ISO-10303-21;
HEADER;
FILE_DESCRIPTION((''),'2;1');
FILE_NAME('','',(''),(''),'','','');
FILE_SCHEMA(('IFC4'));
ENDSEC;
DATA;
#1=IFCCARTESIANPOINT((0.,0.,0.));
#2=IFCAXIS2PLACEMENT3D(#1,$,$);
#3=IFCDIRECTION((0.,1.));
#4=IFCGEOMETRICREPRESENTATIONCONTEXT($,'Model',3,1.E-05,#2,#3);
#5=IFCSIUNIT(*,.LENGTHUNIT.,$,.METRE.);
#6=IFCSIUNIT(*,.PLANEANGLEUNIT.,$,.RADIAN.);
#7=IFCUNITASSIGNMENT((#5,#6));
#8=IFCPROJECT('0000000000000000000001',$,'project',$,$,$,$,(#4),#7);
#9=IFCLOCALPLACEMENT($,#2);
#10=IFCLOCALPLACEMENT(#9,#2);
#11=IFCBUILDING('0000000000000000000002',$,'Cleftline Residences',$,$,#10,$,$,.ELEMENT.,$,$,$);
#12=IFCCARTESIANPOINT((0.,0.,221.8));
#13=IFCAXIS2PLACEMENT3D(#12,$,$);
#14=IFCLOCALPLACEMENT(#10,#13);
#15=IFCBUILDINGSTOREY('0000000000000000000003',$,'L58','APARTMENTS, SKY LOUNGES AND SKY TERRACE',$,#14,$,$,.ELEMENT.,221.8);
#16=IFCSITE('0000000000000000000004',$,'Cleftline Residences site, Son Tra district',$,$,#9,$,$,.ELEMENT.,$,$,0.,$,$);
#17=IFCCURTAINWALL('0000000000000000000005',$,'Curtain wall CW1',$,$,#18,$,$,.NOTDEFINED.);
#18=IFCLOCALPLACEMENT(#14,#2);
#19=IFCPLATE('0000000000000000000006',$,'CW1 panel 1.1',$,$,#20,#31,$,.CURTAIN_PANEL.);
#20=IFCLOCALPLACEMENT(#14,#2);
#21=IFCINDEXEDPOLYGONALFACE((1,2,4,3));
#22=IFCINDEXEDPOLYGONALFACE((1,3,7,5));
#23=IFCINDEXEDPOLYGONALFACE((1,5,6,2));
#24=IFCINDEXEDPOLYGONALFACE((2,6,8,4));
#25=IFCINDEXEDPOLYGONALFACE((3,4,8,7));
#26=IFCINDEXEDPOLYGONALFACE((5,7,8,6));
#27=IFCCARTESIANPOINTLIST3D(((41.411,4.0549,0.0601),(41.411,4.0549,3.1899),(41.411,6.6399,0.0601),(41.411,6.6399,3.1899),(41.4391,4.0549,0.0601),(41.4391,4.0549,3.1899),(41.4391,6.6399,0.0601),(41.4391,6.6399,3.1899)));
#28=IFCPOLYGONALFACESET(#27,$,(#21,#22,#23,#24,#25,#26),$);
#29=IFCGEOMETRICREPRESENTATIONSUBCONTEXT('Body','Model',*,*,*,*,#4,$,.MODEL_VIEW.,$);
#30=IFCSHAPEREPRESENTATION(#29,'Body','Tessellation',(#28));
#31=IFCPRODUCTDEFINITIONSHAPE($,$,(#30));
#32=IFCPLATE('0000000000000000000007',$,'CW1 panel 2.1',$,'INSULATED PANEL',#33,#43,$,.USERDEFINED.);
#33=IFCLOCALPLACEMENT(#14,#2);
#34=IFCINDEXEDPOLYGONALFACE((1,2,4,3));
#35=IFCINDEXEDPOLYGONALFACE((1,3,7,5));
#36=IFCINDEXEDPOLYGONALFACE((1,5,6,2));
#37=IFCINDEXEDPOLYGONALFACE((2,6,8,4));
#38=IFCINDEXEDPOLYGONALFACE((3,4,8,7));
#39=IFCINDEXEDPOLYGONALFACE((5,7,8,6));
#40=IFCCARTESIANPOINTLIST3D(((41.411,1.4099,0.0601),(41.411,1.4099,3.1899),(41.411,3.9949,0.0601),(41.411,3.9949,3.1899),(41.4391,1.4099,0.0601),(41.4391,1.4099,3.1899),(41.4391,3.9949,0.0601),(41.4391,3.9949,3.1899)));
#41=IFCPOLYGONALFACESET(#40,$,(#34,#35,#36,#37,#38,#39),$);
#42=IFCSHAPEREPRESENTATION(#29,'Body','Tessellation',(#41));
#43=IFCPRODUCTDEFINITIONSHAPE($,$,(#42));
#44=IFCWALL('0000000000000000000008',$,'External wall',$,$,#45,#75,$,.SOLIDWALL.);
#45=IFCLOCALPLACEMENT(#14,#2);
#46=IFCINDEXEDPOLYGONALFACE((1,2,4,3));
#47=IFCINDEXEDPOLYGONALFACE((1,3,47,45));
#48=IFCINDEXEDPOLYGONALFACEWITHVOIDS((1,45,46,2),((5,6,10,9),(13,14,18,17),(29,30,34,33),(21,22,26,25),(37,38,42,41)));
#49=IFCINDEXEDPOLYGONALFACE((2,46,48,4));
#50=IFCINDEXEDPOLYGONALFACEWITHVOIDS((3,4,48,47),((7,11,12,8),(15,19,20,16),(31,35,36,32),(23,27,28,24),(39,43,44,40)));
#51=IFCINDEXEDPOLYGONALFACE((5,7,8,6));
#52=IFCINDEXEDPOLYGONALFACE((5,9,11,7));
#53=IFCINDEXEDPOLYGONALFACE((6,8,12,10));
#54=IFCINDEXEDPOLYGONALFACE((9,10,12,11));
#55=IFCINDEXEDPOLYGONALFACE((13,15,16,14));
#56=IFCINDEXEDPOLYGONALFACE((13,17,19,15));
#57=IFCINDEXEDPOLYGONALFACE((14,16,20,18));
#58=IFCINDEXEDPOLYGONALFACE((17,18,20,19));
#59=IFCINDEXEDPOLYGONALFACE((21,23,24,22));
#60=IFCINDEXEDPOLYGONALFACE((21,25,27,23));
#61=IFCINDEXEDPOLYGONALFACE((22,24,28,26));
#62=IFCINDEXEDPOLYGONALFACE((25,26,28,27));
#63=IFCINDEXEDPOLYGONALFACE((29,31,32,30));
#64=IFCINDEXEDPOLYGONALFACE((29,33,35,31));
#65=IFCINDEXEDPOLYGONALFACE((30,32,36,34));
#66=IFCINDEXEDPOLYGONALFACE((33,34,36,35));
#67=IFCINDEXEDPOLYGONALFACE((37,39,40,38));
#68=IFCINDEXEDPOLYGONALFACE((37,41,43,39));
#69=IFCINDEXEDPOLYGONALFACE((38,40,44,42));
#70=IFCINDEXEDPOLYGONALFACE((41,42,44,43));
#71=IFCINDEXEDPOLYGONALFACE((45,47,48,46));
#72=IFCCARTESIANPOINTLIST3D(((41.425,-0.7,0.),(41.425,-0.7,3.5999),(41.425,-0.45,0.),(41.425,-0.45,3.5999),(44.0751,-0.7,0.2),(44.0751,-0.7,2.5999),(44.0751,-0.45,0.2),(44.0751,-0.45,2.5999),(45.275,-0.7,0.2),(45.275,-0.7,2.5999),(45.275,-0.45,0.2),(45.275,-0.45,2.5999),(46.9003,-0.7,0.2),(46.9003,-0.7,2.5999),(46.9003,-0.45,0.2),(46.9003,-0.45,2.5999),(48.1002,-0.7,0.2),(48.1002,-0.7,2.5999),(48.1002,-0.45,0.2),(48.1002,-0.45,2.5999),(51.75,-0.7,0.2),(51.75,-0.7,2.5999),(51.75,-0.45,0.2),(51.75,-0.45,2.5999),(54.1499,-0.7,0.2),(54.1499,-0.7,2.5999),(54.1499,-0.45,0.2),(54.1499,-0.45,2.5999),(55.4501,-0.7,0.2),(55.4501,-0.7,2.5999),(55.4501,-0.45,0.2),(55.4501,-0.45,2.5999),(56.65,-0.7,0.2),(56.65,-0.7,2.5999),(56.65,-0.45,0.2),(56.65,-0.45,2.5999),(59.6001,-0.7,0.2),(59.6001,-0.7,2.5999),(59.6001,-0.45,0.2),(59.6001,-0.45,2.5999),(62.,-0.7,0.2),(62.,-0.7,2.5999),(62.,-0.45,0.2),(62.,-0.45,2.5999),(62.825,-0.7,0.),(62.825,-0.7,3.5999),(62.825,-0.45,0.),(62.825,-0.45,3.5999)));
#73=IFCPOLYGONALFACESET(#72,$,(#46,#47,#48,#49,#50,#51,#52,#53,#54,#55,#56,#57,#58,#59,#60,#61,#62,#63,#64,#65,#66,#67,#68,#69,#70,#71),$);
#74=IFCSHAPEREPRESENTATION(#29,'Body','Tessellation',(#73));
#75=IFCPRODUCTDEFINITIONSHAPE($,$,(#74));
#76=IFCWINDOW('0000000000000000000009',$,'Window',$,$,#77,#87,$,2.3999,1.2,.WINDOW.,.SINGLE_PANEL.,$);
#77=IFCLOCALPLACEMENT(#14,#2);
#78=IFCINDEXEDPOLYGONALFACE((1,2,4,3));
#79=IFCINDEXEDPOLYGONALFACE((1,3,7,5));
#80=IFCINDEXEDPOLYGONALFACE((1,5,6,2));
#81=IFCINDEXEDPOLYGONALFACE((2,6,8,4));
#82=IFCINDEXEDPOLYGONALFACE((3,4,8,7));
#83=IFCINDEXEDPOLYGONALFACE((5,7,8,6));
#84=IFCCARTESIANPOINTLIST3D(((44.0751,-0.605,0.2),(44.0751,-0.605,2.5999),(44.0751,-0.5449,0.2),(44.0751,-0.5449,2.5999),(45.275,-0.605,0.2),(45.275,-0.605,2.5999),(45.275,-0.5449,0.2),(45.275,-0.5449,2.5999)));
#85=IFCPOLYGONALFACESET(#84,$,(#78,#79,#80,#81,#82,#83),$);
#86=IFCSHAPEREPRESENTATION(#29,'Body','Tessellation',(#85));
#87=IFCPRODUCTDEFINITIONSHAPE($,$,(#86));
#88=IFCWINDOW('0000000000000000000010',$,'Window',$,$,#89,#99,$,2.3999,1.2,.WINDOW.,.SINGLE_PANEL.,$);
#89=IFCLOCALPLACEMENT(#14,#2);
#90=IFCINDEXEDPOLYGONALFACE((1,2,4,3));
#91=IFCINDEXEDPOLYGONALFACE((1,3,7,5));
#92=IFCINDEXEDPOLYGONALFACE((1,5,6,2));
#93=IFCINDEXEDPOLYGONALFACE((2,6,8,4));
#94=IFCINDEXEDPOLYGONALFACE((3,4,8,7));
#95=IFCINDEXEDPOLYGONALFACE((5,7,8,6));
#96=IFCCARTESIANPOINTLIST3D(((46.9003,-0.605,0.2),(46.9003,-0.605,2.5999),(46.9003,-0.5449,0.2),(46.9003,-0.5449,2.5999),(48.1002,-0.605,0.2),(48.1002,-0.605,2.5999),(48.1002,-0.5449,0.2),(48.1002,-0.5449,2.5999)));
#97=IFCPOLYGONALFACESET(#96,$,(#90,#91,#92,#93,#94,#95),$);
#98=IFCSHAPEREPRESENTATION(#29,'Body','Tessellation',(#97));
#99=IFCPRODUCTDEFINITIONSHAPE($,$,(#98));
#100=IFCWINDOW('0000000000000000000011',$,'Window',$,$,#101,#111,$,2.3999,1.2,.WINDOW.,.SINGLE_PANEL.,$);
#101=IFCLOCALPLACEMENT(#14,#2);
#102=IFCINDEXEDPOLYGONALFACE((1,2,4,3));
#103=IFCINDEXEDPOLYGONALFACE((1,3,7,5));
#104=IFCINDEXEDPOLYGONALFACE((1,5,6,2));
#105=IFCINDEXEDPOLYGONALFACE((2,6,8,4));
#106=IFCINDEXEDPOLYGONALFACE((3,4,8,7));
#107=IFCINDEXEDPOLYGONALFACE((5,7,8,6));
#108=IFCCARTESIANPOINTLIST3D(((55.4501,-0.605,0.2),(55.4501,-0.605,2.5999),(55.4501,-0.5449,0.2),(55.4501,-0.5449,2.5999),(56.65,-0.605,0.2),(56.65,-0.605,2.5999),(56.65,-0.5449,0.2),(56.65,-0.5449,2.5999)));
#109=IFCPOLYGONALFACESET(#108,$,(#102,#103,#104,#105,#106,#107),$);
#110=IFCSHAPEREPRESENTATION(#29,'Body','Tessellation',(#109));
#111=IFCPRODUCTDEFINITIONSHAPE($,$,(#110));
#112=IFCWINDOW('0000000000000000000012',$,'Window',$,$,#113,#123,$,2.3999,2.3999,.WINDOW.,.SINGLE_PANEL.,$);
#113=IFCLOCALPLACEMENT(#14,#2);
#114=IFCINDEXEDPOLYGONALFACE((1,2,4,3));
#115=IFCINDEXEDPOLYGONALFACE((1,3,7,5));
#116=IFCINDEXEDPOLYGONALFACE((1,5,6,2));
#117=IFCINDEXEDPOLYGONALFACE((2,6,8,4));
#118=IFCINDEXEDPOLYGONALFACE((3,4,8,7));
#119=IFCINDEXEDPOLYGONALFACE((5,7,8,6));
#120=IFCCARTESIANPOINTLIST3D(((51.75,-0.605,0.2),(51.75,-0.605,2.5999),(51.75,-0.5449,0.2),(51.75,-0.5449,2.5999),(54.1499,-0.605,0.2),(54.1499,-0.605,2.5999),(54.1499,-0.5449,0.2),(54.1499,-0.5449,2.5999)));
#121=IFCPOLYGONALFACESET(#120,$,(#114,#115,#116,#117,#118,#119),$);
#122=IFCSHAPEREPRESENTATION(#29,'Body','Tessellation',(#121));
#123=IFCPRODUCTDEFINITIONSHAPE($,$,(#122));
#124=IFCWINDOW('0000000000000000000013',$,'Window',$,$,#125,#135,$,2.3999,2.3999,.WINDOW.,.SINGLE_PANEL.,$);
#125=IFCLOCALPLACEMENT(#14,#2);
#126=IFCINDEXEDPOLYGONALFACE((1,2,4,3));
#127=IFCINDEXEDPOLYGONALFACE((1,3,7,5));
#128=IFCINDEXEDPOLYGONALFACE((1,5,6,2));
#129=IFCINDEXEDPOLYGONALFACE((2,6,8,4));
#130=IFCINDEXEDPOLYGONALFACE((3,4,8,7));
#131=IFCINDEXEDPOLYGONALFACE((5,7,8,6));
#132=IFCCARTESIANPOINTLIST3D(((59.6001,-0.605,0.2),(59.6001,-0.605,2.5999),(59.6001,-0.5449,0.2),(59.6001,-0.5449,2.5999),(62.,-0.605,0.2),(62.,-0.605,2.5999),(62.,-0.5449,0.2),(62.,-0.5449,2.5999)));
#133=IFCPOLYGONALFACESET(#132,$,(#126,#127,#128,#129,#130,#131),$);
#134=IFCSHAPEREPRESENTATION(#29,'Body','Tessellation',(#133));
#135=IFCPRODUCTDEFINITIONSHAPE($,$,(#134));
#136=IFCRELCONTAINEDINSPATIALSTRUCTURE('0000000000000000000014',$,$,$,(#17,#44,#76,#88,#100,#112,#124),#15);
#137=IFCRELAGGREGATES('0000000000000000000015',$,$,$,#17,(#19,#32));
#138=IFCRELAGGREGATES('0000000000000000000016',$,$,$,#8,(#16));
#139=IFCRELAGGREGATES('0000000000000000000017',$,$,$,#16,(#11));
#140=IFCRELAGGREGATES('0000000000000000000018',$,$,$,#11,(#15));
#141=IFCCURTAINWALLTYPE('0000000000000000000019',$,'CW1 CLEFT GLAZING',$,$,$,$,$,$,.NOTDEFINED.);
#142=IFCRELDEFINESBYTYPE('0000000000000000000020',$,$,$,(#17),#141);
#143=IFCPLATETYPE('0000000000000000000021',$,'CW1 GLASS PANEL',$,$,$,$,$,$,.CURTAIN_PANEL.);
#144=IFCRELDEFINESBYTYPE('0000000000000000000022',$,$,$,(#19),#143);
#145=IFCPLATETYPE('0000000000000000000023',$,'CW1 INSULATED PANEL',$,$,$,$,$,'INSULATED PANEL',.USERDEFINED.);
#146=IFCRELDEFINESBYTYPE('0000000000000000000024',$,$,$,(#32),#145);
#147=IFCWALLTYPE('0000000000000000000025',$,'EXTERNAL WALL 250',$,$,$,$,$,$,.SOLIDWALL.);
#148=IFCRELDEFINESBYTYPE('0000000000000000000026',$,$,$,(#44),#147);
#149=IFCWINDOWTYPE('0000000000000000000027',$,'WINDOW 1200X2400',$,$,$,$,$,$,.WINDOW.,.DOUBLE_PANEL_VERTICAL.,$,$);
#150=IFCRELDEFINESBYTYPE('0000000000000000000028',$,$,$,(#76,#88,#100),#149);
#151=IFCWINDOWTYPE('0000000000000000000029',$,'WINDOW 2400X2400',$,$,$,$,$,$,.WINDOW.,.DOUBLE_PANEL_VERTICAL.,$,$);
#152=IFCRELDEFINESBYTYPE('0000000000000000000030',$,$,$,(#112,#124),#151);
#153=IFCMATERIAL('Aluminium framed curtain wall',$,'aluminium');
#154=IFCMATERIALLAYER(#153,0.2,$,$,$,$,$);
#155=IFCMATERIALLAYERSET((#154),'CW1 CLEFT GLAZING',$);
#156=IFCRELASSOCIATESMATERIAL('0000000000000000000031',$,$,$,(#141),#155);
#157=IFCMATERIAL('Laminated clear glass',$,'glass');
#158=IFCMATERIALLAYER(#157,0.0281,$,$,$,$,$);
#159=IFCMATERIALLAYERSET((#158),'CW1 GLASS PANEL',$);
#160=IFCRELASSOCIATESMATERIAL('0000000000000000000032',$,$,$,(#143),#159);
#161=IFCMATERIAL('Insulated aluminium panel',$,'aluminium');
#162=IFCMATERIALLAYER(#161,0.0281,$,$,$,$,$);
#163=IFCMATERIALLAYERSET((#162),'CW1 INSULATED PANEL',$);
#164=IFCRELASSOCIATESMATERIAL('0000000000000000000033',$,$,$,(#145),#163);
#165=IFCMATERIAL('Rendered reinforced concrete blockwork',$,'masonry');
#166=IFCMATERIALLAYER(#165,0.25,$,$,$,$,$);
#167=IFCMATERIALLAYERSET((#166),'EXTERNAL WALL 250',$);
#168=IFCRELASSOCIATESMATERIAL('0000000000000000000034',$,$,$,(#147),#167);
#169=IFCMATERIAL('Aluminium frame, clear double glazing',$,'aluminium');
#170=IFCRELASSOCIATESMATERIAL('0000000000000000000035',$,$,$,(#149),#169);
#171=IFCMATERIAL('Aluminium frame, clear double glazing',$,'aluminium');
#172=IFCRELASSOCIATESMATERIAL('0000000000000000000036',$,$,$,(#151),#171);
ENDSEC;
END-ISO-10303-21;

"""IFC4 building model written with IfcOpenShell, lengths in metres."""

from ifc_helpers import new_model, si_unit, direction, frame, frame_2d, origin, origin_2d, place, context, subcontext, project, spatial, rectangle, extrude, material, layer, layer_set, type_object, element, fill, aggregate, save


model = new_model("IFC4")

# Units and contexts
model_context = context("Model", 3, precision=1e-05, world=origin(), true_north=direction((0.0, 1.0)))
body_context = subcontext(model_context, "Body", "Model", "MODEL_VIEW")
ifc_project = project(units=[si_unit("LENGTHUNIT", "METRE"), si_unit("PLANEANGLEUNIT", "RADIAN")], contexts=[model_context])

# Site, building, storey
site_placement = place(None, origin())
site = spatial("IfcSite", under=ifc_project, at=site_placement, Name="Cleftline Residences site, Son Tra district", CompositionType="ELEMENT", RefElevation=0.0)
building_placement = place(site_placement, origin())
building = spatial("IfcBuilding", under=site, at=building_placement, Name="Cleftline Residences", CompositionType="ELEMENT")
storey_placement = place(building_placement, frame((0.0, 0.0, 221.8)))
storey = spatial("IfcBuildingStorey", under=building, at=storey_placement, Name="L58", Description="APARTMENTS, SKY LOUNGES AND SKY TERRACE", CompositionType="ELEMENT", Elevation=221.8)

# Shared definitions
ifc_material_1 = material(Name="Aluminium framed curtain wall", Category="aluminium")
ifc_layer_1 = layer(ifc_material_1, 0.2)
ifc_layer_set_1 = layer_set([ifc_layer_1], Name="CW1 CLEFT GLAZING")
curtain_wall_type = type_object("IfcCurtainWallType", Name="CW1 CLEFT GLAZING", PredefinedType="NOTDEFINED", material=ifc_layer_set_1)

# Curtain wall
curtain_wall_1_placement = place(storey_placement, origin())
curtain_wall_1 = element("IfcCurtainWall", 1, at=curtain_wall_1_placement, inside=storey, type_object=curtain_wall_type, Name="Curtain wall CW1", PredefinedType="NOTDEFINED")

# Plates
ifc_material_2 = material(Name="Laminated clear glass", Category="glass")
ifc_layer_2 = layer(ifc_material_2, 0.0281)
ifc_layer_set_2 = layer_set([ifc_layer_2], Name="CW1 GLASS PANEL")
plate_type_1 = type_object("IfcPlateType", Name="CW1 GLASS PANEL", PredefinedType="CURTAIN_PANEL", material=ifc_layer_set_2)
plate_1_placement = place(storey_placement, frame((41.425, 5.3474, 0.0601), z_axis=(0.0, 0.0, 1.0), x_axis=(0.0, -1.0, 0.0)))
plate_1 = element("IfcPlate", 2, at=plate_1_placement, type_object=plate_type_1, Name="CW1 panel 1.1", PredefinedType="CURTAIN_PANEL", context=body_context, shape_type="SweptSolid", body=[
    extrude(rectangle(XDim=2.585, YDim=0.0281, at=origin_2d()), origin(), (0.0, 0.0, 1.0), 3.1299),
])
ifc_material_3 = material(Name="Insulated aluminium panel", Category="aluminium")
ifc_layer_3 = layer(ifc_material_3, 0.0281)
ifc_layer_set_3 = layer_set([ifc_layer_3], Name="CW1 INSULATED PANEL")
plate_type_2 = type_object("IfcPlateType", Name="CW1 INSULATED PANEL", ElementType="INSULATED PANEL", PredefinedType="USERDEFINED", material=ifc_layer_set_3)
plate_2_placement = place(storey_placement, frame((41.425, 2.7024, 0.0601), z_axis=(0.0, 0.0, 1.0), x_axis=(0.0, -1.0, 0.0)))
plate_2 = element("IfcPlate", 3, at=plate_2_placement, type_object=plate_type_2, Name="CW1 panel 2.1", ObjectType="INSULATED PANEL", PredefinedType="USERDEFINED", context=body_context, shape_type="SweptSolid", body=[
    extrude(rectangle(XDim=2.585, YDim=0.0281, at=origin_2d()), origin(), (0.0, 0.0, 1.0), 3.1299),
])
aggregate(curtain_wall_1, [plate_1, plate_2])

# Wall, openings, windows
ifc_material_4 = material(Name="Rendered reinforced concrete blockwork", Category="masonry")
ifc_layer_4 = layer(ifc_material_4, 0.25)
ifc_layer_set_4 = layer_set([ifc_layer_4], Name="EXTERNAL WALL 250")
wall_type_1 = type_object("IfcWallType", Name="EXTERNAL WALL 250", PredefinedType="SOLIDWALL", material=ifc_layer_set_4)
wall_1_placement = place(storey_placement, frame((41.425, -0.575, 0.0), z_axis=(0.0, 0.0, 1.0), x_axis=(1.0, 0.0, 0.0)))
wall_1 = element("IfcWall", 4, at=wall_1_placement, inside=storey, type_object=wall_type_1, Name="External wall", PredefinedType="SOLIDWALL", context=body_context, shape_type="SweptSolid", body=[
    extrude(rectangle(XDim=21.3999, YDim=0.25, at=frame_2d((10.7, 0.0))), origin(), (0.0, 0.0, 1.0), 3.5999),
])
opening_1_placement = place(wall_1_placement, frame((2.6499, 0.0, 0.2)))
opening_1 = element("IfcOpeningElement", 5, at=opening_1_placement, cuts=wall_1, PredefinedType="OPENING", context=body_context, shape_type="SweptSolid", body=[
    extrude(rectangle(XDim=1.2, YDim=2.3999, at=frame_2d((0.6001, 1.2))), frame((0.0, 0.135, 0.0), z_axis=(0.0, -1.0, 0.0), x_axis=(1.0, 0.0, 0.0)), (0.0, 0.0, 1.0), 0.27),
])
opening_2_placement = place(wall_1_placement, frame((5.4751, 0.0, 0.2)))
opening_2 = element("IfcOpeningElement", 6, at=opening_2_placement, cuts=wall_1, PredefinedType="OPENING", context=body_context, shape_type="SweptSolid", body=[
    extrude(rectangle(XDim=1.2, YDim=2.3999, at=frame_2d((0.6001, 1.2))), frame((0.0, 0.135, 0.0), z_axis=(0.0, -1.0, 0.0), x_axis=(1.0, 0.0, 0.0)), (0.0, 0.0, 1.0), 0.27),
])
opening_3_placement = place(wall_1_placement, frame((10.325, 0.0, 0.2)))
opening_3 = element("IfcOpeningElement", 7, at=opening_3_placement, cuts=wall_1, PredefinedType="OPENING", context=body_context, shape_type="SweptSolid", body=[
    extrude(rectangle(XDim=2.3999, YDim=2.3999, at=frame_2d((1.2, 1.2))), frame((0.0, 0.135, 0.0), z_axis=(0.0, -1.0, 0.0), x_axis=(1.0, 0.0, 0.0)), (0.0, 0.0, 1.0), 0.27),
])
opening_4_placement = place(wall_1_placement, frame((14.0249, 0.0, 0.2)))
opening_4 = element("IfcOpeningElement", 8, at=opening_4_placement, cuts=wall_1, PredefinedType="OPENING", context=body_context, shape_type="SweptSolid", body=[
    extrude(rectangle(XDim=1.2, YDim=2.3999, at=frame_2d((0.6001, 1.2))), frame((0.0, 0.135, 0.0), z_axis=(0.0, -1.0, 0.0), x_axis=(1.0, 0.0, 0.0)), (0.0, 0.0, 1.0), 0.27),
])
opening_5_placement = place(wall_1_placement, frame((18.175, 0.0, 0.2)))
opening_5 = element("IfcOpeningElement", 9, at=opening_5_placement, cuts=wall_1, PredefinedType="OPENING", context=body_context, shape_type="SweptSolid", body=[
    extrude(rectangle(XDim=2.3999, YDim=2.3999, at=frame_2d((1.2, 1.2))), frame((0.0, 0.135, 0.0), z_axis=(0.0, -1.0, 0.0), x_axis=(1.0, 0.0, 0.0)), (0.0, 0.0, 1.0), 0.27),
])
ifc_material_5 = material(Name="Aluminium frame, clear double glazing", Category="aluminium")
window_type_1 = type_object("IfcWindowType", Name="WINDOW 1200X2400", PartitioningType="DOUBLE_PANEL_VERTICAL", PredefinedType="WINDOW", material=ifc_material_5)
window_1_placement = place(opening_1_placement, origin())
window_1 = element("IfcWindow", 10, at=window_1_placement, inside=storey, type_object=window_type_1, Name="Window", OverallHeight=2.3999, OverallWidth=1.2, PartitioningType="SINGLE_PANEL", PredefinedType="WINDOW", context=body_context, shape_type="SweptSolid", body=[
    extrude(rectangle(XDim=1.2, YDim=2.3999, at=frame_2d((0.6001, 1.2))), frame((0.0, 0.03, 0.0), z_axis=(0.0, -1.0, 0.0), x_axis=(1.0, 0.0, 0.0)), (0.0, 0.0, 1.0), 0.0601),
])
fill(opening_1, window_1)
window_2_placement = place(opening_2_placement, origin())
window_2 = element("IfcWindow", 11, at=window_2_placement, inside=storey, type_object=window_type_1, Name="Window", OverallHeight=2.3999, OverallWidth=1.2, PartitioningType="SINGLE_PANEL", PredefinedType="WINDOW", context=body_context, shape_type="SweptSolid", body=[
    extrude(rectangle(XDim=1.2, YDim=2.3999, at=frame_2d((0.6001, 1.2))), frame((0.0, 0.03, 0.0), z_axis=(0.0, -1.0, 0.0), x_axis=(1.0, 0.0, 0.0)), (0.0, 0.0, 1.0), 0.0601),
])
fill(opening_2, window_2)
window_3_placement = place(opening_4_placement, origin())
window_3 = element("IfcWindow", 12, at=window_3_placement, inside=storey, type_object=window_type_1, Name="Window", OverallHeight=2.3999, OverallWidth=1.2, PartitioningType="SINGLE_PANEL", PredefinedType="WINDOW", context=body_context, shape_type="SweptSolid", body=[
    extrude(rectangle(XDim=1.2, YDim=2.3999, at=frame_2d((0.6001, 1.2))), frame((0.0, 0.03, 0.0), z_axis=(0.0, -1.0, 0.0), x_axis=(1.0, 0.0, 0.0)), (0.0, 0.0, 1.0), 0.0601),
])
fill(opening_4, window_3)
ifc_material_6 = material(Name="Aluminium frame, clear double glazing", Category="aluminium")
window_type_2 = type_object("IfcWindowType", Name="WINDOW 2400X2400", PartitioningType="DOUBLE_PANEL_VERTICAL", PredefinedType="WINDOW", material=ifc_material_6)
window_4_placement = place(opening_3_placement, origin())
window_4 = element("IfcWindow", 13, at=window_4_placement, inside=storey, type_object=window_type_2, Name="Window", OverallHeight=2.3999, OverallWidth=2.3999, PartitioningType="SINGLE_PANEL", PredefinedType="WINDOW", context=body_context, shape_type="SweptSolid", body=[
    extrude(rectangle(XDim=2.3999, YDim=2.3999, at=frame_2d((1.2, 1.2))), frame((0.0, 0.03, 0.0), z_axis=(0.0, -1.0, 0.0), x_axis=(1.0, 0.0, 0.0)), (0.0, 0.0, 1.0), 0.0601),
])
fill(opening_3, window_4)
window_5_placement = place(opening_5_placement, origin())
window_5 = element("IfcWindow", 14, at=window_5_placement, inside=storey, type_object=window_type_2, Name="Window", OverallHeight=2.3999, OverallWidth=2.3999, PartitioningType="SINGLE_PANEL", PredefinedType="WINDOW", context=body_context, shape_type="SweptSolid", body=[
    extrude(rectangle(XDim=2.3999, YDim=2.3999, at=frame_2d((1.2, 1.2))), frame((0.0, 0.03, 0.0), z_axis=(0.0, -1.0, 0.0), x_axis=(1.0, 0.0, 0.0)), (0.0, 0.0, 1.0), 0.0601),
])
fill(opening_5, window_5)

save(model, "model.ifc")
